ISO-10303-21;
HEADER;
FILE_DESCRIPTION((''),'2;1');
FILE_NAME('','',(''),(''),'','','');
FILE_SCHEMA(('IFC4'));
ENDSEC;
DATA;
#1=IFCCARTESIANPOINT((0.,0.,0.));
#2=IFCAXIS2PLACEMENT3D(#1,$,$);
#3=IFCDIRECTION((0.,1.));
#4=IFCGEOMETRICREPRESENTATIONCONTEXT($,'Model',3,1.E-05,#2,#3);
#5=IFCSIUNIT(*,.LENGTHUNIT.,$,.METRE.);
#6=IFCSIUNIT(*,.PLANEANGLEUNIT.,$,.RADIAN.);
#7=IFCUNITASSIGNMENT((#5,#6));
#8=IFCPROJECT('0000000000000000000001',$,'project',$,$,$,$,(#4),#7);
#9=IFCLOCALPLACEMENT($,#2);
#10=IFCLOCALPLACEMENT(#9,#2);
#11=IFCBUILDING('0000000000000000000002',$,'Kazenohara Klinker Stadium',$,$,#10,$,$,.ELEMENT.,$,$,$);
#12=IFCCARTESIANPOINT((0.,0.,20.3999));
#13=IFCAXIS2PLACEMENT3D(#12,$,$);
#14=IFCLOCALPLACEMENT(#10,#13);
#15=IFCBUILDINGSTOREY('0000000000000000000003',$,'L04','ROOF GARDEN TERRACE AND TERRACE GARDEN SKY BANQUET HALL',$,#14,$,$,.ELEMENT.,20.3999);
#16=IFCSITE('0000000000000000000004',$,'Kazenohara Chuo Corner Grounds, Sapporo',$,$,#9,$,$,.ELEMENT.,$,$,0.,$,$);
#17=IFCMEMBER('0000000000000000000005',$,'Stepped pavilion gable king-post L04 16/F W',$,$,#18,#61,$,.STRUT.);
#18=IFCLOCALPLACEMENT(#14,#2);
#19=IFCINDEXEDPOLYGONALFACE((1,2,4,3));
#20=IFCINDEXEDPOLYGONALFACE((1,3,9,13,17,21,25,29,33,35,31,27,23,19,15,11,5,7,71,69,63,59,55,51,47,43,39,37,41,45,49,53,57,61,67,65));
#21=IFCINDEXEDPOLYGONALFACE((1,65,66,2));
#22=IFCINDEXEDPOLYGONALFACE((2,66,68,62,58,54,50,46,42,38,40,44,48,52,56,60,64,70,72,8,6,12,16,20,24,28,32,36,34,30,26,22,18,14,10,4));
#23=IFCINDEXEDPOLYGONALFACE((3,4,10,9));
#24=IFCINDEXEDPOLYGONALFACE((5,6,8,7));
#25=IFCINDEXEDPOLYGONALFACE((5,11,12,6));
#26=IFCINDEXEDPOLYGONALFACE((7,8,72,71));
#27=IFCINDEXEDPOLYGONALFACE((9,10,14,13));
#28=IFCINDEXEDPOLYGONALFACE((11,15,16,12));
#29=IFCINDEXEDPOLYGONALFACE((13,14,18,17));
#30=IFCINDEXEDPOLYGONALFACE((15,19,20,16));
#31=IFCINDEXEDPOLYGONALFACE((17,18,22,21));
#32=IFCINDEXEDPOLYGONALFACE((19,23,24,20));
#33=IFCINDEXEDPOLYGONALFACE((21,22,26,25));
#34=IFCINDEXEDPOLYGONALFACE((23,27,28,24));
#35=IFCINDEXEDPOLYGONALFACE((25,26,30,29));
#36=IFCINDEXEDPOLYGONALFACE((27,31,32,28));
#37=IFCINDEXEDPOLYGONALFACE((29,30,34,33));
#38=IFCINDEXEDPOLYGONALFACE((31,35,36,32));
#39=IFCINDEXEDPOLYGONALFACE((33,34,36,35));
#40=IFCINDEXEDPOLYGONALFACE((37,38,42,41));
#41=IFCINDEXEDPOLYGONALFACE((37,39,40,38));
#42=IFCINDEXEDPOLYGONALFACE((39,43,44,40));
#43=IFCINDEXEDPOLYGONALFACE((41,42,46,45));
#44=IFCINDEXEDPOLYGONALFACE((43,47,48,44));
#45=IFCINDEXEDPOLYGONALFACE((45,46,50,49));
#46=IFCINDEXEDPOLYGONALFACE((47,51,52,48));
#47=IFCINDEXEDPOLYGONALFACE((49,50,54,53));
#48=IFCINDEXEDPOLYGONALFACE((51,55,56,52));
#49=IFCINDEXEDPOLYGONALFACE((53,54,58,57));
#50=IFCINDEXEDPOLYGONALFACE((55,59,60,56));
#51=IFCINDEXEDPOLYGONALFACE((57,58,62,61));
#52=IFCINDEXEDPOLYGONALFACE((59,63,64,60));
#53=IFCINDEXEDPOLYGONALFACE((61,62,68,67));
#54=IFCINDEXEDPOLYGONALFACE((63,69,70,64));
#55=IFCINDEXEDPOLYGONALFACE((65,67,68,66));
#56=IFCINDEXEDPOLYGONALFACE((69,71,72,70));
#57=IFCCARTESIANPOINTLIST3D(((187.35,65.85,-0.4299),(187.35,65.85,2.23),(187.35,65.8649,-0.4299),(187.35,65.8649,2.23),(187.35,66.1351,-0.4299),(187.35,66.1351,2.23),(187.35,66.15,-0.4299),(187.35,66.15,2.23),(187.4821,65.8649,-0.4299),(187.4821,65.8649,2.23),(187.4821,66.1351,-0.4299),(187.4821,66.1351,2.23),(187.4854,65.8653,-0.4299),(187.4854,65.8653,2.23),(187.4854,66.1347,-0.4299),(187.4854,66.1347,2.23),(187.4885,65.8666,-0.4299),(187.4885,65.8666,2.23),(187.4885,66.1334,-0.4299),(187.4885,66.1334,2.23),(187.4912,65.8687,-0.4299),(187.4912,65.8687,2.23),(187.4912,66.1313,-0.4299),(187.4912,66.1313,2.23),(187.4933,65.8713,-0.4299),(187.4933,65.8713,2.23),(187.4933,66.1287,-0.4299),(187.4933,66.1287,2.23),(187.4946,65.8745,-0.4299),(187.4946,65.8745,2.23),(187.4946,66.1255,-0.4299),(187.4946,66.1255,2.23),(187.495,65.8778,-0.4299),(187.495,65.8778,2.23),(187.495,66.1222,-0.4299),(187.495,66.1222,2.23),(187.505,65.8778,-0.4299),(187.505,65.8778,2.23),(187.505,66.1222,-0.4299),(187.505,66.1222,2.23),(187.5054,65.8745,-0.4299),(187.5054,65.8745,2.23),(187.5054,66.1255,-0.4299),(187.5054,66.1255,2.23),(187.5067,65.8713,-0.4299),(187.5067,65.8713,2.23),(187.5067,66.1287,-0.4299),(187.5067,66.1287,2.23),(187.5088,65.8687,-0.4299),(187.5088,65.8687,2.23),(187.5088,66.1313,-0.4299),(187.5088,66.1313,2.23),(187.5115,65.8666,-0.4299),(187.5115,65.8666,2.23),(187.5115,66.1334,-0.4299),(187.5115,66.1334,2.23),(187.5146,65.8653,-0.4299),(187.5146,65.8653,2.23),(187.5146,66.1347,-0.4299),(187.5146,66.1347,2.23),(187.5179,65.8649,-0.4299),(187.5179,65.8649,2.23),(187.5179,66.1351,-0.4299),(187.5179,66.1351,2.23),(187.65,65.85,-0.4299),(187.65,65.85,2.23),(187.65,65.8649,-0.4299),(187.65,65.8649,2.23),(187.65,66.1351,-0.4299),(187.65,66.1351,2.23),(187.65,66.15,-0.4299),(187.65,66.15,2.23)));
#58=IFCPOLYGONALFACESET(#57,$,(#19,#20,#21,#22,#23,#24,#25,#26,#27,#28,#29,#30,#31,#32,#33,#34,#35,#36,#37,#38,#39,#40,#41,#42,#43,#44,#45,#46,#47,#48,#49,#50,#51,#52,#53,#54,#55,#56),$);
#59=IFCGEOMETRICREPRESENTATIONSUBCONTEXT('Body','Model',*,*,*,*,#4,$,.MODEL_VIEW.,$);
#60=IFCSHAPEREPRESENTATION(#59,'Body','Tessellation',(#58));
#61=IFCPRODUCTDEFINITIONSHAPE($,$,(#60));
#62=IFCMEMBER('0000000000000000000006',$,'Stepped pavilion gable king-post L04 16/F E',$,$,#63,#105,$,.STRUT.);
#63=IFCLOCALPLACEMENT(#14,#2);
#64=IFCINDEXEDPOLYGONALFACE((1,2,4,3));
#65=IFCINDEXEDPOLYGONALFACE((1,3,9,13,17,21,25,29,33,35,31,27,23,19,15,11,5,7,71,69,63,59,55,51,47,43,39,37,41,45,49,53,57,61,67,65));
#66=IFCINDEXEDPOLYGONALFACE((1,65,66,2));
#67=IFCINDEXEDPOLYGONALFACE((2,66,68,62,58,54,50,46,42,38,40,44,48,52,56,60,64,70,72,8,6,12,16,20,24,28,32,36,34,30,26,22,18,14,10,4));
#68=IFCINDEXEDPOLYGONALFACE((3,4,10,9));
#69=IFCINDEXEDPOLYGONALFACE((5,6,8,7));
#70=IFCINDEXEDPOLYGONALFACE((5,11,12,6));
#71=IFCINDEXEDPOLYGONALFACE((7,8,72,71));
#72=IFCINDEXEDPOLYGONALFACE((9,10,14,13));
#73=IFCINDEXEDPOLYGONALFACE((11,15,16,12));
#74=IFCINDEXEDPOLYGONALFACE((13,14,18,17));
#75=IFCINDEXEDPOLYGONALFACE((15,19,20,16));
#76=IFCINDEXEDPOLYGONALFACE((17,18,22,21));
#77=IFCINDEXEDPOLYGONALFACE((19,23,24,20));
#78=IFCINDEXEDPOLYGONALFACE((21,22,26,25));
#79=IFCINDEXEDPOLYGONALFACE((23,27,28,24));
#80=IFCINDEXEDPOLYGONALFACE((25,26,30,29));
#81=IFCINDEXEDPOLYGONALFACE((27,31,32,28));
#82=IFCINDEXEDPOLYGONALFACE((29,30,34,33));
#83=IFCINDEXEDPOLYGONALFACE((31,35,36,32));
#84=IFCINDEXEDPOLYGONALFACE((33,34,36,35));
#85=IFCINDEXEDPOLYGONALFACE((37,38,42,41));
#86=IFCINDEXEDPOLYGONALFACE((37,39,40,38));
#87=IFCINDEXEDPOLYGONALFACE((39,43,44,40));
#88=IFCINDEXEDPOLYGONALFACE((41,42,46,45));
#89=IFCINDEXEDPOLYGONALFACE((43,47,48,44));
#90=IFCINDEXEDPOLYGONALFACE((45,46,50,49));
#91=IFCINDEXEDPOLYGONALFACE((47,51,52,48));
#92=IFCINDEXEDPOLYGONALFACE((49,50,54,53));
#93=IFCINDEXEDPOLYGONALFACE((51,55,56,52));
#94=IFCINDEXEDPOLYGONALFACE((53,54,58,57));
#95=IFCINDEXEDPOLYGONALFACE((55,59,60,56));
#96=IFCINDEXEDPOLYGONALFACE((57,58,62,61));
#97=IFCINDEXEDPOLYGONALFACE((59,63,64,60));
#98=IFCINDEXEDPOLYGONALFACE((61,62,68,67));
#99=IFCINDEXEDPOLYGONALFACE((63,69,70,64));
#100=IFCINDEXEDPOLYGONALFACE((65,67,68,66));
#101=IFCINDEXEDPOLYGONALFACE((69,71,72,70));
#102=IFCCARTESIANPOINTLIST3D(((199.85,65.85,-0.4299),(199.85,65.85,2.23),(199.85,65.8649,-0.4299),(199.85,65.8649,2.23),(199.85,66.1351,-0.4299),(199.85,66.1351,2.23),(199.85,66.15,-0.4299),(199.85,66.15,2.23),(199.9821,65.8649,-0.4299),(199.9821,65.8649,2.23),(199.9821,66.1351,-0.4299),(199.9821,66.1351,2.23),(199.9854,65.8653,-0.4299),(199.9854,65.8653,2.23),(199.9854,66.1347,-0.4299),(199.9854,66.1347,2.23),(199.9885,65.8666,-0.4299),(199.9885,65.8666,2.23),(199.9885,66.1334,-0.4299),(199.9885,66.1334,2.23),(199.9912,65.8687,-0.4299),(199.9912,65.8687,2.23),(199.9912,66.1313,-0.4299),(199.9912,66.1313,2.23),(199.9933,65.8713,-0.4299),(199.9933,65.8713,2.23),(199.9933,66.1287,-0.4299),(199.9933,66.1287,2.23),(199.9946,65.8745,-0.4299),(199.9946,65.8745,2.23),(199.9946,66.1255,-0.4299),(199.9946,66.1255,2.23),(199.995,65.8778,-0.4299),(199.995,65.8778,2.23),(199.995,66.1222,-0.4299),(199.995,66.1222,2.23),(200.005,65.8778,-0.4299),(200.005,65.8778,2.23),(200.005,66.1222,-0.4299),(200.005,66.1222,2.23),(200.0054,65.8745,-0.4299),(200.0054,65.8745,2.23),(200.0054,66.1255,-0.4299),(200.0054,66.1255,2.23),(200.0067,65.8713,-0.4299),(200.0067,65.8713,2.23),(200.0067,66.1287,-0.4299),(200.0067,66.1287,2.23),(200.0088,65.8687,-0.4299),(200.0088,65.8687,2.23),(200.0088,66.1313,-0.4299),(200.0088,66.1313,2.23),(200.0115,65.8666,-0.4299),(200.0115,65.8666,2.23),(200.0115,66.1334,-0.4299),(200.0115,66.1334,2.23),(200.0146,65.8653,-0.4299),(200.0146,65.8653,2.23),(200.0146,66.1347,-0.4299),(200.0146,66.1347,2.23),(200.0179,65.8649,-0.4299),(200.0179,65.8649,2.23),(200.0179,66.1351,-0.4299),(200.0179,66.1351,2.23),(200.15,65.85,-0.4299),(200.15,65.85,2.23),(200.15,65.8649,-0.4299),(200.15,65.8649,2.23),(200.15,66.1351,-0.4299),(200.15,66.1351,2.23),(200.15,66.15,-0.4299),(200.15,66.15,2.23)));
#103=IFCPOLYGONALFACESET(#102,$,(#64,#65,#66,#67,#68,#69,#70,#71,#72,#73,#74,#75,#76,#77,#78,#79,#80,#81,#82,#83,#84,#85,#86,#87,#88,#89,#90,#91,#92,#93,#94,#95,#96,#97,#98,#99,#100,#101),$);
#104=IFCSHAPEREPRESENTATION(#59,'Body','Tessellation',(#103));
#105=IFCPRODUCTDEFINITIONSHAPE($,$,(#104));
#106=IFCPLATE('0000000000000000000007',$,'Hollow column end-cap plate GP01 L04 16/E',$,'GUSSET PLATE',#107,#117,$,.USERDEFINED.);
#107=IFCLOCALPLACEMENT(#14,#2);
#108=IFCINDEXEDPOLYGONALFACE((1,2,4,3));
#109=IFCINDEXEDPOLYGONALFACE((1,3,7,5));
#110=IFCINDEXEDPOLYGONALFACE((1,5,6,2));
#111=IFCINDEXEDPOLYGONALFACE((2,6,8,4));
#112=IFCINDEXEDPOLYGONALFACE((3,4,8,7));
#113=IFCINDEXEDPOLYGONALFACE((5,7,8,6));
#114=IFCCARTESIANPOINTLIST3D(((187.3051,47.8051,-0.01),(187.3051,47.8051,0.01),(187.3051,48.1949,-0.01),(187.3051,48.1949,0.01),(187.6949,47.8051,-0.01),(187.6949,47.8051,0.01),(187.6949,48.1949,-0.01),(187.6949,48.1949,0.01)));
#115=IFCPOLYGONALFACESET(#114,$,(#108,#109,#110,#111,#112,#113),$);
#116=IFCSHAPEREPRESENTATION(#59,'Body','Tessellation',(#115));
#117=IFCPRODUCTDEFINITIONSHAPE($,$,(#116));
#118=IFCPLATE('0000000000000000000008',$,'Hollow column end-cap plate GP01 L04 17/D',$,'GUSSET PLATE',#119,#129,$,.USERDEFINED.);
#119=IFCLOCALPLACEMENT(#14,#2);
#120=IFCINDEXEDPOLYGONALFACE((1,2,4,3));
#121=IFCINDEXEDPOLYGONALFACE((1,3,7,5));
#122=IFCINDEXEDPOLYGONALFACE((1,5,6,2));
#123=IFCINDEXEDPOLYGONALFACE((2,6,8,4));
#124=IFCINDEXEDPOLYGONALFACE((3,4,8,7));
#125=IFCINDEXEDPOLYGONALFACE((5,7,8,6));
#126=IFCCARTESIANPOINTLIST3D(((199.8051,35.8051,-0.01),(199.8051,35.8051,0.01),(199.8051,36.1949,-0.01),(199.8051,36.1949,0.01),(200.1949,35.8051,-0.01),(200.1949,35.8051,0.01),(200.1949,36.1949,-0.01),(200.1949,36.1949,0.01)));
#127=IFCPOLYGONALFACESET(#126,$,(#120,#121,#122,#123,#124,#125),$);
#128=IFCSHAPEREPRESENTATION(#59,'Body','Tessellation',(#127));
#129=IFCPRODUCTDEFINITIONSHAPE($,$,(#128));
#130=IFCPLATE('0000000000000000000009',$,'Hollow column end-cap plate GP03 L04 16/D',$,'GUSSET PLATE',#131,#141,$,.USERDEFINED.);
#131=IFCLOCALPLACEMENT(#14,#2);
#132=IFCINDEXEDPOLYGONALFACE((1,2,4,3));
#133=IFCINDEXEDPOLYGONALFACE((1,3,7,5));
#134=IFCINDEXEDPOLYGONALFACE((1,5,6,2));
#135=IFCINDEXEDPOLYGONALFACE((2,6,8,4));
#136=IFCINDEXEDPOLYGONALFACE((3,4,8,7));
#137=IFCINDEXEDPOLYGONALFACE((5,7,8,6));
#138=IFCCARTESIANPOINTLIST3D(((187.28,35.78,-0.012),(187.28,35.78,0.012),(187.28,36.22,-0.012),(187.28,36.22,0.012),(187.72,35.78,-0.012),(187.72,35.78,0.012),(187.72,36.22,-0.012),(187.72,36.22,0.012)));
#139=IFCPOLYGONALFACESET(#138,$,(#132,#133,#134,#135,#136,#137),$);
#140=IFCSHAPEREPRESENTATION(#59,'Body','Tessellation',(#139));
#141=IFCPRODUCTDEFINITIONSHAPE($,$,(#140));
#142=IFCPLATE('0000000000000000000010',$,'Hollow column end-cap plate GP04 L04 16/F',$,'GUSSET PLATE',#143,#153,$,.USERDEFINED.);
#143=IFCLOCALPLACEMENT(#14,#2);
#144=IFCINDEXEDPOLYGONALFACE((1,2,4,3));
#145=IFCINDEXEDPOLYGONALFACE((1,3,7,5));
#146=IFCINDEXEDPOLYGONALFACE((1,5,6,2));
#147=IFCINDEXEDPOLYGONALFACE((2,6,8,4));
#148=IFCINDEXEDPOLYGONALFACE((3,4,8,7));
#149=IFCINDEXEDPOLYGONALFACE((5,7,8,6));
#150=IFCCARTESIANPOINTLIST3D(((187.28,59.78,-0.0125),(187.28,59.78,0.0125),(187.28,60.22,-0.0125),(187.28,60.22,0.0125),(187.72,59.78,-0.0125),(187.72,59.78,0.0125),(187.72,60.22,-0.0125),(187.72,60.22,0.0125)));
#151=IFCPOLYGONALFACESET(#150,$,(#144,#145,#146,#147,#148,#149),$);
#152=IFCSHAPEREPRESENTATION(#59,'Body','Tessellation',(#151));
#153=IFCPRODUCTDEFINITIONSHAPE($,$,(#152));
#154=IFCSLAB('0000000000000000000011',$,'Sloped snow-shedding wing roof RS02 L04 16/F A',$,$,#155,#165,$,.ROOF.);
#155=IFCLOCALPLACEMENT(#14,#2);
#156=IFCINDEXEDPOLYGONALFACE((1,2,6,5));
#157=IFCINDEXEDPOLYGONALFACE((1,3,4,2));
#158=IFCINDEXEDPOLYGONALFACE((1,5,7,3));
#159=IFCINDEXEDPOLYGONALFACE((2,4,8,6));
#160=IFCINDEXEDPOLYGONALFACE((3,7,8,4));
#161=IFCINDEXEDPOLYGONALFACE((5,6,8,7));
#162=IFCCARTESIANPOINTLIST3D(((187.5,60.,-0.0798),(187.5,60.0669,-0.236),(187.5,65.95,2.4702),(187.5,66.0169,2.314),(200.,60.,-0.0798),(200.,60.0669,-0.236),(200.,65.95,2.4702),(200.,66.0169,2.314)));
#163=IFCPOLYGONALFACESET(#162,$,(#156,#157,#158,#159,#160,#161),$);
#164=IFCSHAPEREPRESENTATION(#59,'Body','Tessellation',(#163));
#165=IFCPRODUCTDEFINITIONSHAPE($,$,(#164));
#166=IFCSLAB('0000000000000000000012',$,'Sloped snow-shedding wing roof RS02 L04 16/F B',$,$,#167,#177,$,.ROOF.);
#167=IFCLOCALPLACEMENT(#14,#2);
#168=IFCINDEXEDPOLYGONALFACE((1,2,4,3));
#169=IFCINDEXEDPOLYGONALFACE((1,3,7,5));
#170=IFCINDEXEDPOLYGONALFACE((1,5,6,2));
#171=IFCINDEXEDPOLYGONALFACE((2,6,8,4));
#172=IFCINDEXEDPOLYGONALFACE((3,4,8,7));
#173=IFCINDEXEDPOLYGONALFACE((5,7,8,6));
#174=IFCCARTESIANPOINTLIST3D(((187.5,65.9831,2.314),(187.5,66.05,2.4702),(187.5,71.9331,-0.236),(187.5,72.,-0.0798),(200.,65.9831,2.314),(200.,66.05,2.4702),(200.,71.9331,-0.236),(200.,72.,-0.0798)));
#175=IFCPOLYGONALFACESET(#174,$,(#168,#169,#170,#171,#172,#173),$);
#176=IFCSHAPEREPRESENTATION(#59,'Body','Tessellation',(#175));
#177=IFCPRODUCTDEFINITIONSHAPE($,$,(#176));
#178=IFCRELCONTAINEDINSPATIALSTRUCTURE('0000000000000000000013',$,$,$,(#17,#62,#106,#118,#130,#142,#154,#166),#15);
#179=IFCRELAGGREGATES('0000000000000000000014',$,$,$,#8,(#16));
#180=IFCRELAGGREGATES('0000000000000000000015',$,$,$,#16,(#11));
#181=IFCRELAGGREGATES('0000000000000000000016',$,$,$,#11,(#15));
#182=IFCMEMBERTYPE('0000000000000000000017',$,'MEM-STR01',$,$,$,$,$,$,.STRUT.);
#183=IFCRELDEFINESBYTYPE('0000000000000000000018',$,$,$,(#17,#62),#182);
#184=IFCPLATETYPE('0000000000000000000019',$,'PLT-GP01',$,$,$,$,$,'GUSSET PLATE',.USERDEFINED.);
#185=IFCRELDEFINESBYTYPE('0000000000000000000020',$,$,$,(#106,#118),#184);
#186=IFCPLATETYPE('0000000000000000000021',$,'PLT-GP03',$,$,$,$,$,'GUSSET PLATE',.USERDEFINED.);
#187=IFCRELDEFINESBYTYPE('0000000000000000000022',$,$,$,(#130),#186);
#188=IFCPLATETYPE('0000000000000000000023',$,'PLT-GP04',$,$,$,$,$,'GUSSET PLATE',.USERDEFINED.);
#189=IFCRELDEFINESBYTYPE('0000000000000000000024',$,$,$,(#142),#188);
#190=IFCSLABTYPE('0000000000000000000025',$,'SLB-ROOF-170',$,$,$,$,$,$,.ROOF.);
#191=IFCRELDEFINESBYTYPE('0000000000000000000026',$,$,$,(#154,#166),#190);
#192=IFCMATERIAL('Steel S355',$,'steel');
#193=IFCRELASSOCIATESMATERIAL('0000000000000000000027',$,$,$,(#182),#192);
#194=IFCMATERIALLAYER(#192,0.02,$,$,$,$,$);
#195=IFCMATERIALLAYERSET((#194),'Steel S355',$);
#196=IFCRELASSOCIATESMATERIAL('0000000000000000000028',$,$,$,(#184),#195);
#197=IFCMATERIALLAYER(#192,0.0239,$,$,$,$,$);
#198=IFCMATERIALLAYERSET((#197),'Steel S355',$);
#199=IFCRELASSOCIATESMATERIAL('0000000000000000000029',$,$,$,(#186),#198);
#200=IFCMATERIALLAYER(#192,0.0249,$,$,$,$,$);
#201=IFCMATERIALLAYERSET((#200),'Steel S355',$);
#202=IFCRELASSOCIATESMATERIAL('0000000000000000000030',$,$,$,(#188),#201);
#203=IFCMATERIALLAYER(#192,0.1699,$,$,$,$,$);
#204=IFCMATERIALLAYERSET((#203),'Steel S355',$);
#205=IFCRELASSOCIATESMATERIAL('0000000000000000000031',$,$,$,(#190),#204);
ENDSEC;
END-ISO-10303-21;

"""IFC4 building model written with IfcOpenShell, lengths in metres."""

from ifc_helpers import new_model, si_unit, direction, frame, origin, origin_2d, place, context, subcontext, project, spatial, polyline, rectangle, i_section, outline, extrude, material, layer, layer_set, material_profile, profile_set, type_object, element, save


model = new_model("IFC4")

# Units and contexts
model_context = context("Model", 3, precision=1e-05, world=origin(), true_north=direction((0.0, 1.0)))
body_context = subcontext(model_context, "Body", "Model", "MODEL_VIEW")
ifc_project = project(units=[si_unit("LENGTHUNIT", "METRE"), si_unit("PLANEANGLEUNIT", "RADIAN")], contexts=[model_context])

# Site, building, storey
site_placement = place(None, origin())
site = spatial("IfcSite", under=ifc_project, at=site_placement, Name="Kazenohara Chuo Corner Grounds, Sapporo", CompositionType="ELEMENT", RefElevation=0.0)
building_placement = place(site_placement, origin())
building = spatial("IfcBuilding", under=site, at=building_placement, Name="Kazenohara Klinker Stadium", CompositionType="ELEMENT")
storey_placement = place(building_placement, frame((0.0, 0.0, 20.3999)))
storey = spatial("IfcBuildingStorey", under=building, at=storey_placement, Name="L04", Description="ROOF GARDEN TERRACE AND TERRACE GARDEN SKY BANQUET HALL", CompositionType="ELEMENT", Elevation=20.3999)

# Shared definitions
ifc_material_1 = material(Name="Steel S355", Category="steel")

# Members
ifc_material_profile_1 = material_profile(ifc_material_1, i_section(OverallWidth=0.3, OverallDepth=0.3, WebThickness=0.01, FlangeThickness=0.0149, FilletRadius=0.0129, at=origin_2d()), Name="H-300x300x10x15")
ifc_profile_set_1 = profile_set([ifc_material_profile_1], Name="Steel S355")
member_type_1 = type_object("IfcMemberType", Name="MEM-STR01", PredefinedType="STRUT", material=ifc_profile_set_1)
for number, where, z_axis, x_axis, name in (
    (1, (187.5, 66.0, -0.4299), (0.0, 0.0, 1.0), (1.0, 0.0, 0.0), "Stepped pavilion gable king-post L04 16/F W"),
    (2, (200.0, 66.0, -0.4299), (0.0, 0.0, 1.0), (1.0, 0.0, 0.0), "Stepped pavilion gable king-post L04 16/F E"),
):
    element("IfcMember", number, at=place(storey_placement, frame(where, z_axis=z_axis, x_axis=x_axis)), inside=storey, type_object=member_type_1, Name=name, PredefinedType="STRUT", context=body_context, shape_type="SweptSolid", body=[
        extrude(i_section(OverallWidth=0.3, OverallDepth=0.3, WebThickness=0.01, FlangeThickness=0.0149, FilletRadius=0.0129, at=origin_2d()), origin(), (0.0, 0.0, 1.0), 2.6599),
    ])

# Plates
ifc_layer_1 = layer(ifc_material_1, 0.02)
ifc_layer_set_1 = layer_set([ifc_layer_1], Name="Steel S355")
plate_type_1 = type_object("IfcPlateType", Name="PLT-GP01", ElementType="GUSSET PLATE", PredefinedType="USERDEFINED", material=ifc_layer_set_1)
for number, where, z_axis, x_axis, name in (
    (3, (187.5, 48.0, -0.01), (0.0, 0.0, 1.0), (1.0, 0.0, 0.0), "Hollow column end-cap plate GP01 L04 16/E"),
    (4, (200.0, 36.0, -0.01), (0.0, 0.0, 1.0), (1.0, 0.0, 0.0), "Hollow column end-cap plate GP01 L04 17/D"),
):
    element("IfcPlate", number, at=place(storey_placement, frame(where, z_axis=z_axis, x_axis=x_axis)), inside=storey, type_object=plate_type_1, Name=name, ObjectType="GUSSET PLATE", PredefinedType="USERDEFINED", context=body_context, shape_type="SweptSolid", body=[
        extrude(rectangle(XDim=0.3899, YDim=0.3899, at=origin_2d()), origin(), (0.0, 0.0, 1.0), 0.02),
    ])
ifc_layer_2 = layer(ifc_material_1, 0.0239)
ifc_layer_set_2 = layer_set([ifc_layer_2], Name="Steel S355")
plate_type_2 = type_object("IfcPlateType", Name="PLT-GP03", ElementType="GUSSET PLATE", PredefinedType="USERDEFINED", material=ifc_layer_set_2)
plate_1_placement = place(storey_placement, frame((187.5, 36.0, -0.012), z_axis=(0.0, 0.0, 1.0), x_axis=(1.0, 0.0, 0.0)))
element("IfcPlate", 5, at=plate_1_placement, inside=storey, type_object=plate_type_2, Name="Hollow column end-cap plate GP03 L04 16/D", ObjectType="GUSSET PLATE", PredefinedType="USERDEFINED", context=body_context, shape_type="SweptSolid", body=[
    extrude(rectangle(XDim=0.4399, YDim=0.4399, at=origin_2d()), origin(), (0.0, 0.0, 1.0), 0.0239),
])
ifc_layer_3 = layer(ifc_material_1, 0.0249)
ifc_layer_set_3 = layer_set([ifc_layer_3], Name="Steel S355")
plate_type_3 = type_object("IfcPlateType", Name="PLT-GP04", ElementType="GUSSET PLATE", PredefinedType="USERDEFINED", material=ifc_layer_set_3)
plate_2_placement = place(storey_placement, frame((187.5, 60.0, -0.0125), z_axis=(0.0, 0.0, 1.0), x_axis=(1.0, 0.0, 0.0)))
element("IfcPlate", 6, at=plate_2_placement, inside=storey, type_object=plate_type_3, Name="Hollow column end-cap plate GP04 L04 16/F", ObjectType="GUSSET PLATE", PredefinedType="USERDEFINED", context=body_context, shape_type="SweptSolid", body=[
    extrude(rectangle(XDim=0.4399, YDim=0.4399, at=origin_2d()), origin(), (0.0, 0.0, 1.0), 0.0249),
])

# Slabs
ifc_layer_4 = layer(ifc_material_1, 0.1699)
ifc_layer_set_4 = layer_set([ifc_layer_4], Name="Steel S355")
slab_type = type_object("IfcSlabType", Name="SLB-ROOF-170", PredefinedType="ROOF", material=ifc_layer_set_4)
for number, where, z_axis, x_axis, name in (
    (7, (187.5, 60.0, -0.0798), (0.0, -0.393928, 0.919141), (1.0, 0.0, 0.0), "Sloped snow-shedding wing roof RS02 L04 16/F A"),
    (8, (187.5, 66.05, 2.4702), (0.0, 0.393928, 0.919141), (1.0, 0.0, 0.0), "Sloped snow-shedding wing roof RS02 L04 16/F B"),
):
    element("IfcSlab", number, at=place(storey_placement, frame(where, z_axis=z_axis, x_axis=x_axis)), inside=storey, type_object=slab_type, Name=name, PredefinedType="ROOF", context=body_context, shape_type="SweptSolid", body=[
        extrude(outline(polyline([(0.0, 0.0), (12.5, 0.0), (12.5, 6.4734), (0.0, 6.4734), (0.0, 0.0)])), origin(), (0.0, 0.0, -1.0), 0.1699),
    ])

save(model, "model.ifc")
